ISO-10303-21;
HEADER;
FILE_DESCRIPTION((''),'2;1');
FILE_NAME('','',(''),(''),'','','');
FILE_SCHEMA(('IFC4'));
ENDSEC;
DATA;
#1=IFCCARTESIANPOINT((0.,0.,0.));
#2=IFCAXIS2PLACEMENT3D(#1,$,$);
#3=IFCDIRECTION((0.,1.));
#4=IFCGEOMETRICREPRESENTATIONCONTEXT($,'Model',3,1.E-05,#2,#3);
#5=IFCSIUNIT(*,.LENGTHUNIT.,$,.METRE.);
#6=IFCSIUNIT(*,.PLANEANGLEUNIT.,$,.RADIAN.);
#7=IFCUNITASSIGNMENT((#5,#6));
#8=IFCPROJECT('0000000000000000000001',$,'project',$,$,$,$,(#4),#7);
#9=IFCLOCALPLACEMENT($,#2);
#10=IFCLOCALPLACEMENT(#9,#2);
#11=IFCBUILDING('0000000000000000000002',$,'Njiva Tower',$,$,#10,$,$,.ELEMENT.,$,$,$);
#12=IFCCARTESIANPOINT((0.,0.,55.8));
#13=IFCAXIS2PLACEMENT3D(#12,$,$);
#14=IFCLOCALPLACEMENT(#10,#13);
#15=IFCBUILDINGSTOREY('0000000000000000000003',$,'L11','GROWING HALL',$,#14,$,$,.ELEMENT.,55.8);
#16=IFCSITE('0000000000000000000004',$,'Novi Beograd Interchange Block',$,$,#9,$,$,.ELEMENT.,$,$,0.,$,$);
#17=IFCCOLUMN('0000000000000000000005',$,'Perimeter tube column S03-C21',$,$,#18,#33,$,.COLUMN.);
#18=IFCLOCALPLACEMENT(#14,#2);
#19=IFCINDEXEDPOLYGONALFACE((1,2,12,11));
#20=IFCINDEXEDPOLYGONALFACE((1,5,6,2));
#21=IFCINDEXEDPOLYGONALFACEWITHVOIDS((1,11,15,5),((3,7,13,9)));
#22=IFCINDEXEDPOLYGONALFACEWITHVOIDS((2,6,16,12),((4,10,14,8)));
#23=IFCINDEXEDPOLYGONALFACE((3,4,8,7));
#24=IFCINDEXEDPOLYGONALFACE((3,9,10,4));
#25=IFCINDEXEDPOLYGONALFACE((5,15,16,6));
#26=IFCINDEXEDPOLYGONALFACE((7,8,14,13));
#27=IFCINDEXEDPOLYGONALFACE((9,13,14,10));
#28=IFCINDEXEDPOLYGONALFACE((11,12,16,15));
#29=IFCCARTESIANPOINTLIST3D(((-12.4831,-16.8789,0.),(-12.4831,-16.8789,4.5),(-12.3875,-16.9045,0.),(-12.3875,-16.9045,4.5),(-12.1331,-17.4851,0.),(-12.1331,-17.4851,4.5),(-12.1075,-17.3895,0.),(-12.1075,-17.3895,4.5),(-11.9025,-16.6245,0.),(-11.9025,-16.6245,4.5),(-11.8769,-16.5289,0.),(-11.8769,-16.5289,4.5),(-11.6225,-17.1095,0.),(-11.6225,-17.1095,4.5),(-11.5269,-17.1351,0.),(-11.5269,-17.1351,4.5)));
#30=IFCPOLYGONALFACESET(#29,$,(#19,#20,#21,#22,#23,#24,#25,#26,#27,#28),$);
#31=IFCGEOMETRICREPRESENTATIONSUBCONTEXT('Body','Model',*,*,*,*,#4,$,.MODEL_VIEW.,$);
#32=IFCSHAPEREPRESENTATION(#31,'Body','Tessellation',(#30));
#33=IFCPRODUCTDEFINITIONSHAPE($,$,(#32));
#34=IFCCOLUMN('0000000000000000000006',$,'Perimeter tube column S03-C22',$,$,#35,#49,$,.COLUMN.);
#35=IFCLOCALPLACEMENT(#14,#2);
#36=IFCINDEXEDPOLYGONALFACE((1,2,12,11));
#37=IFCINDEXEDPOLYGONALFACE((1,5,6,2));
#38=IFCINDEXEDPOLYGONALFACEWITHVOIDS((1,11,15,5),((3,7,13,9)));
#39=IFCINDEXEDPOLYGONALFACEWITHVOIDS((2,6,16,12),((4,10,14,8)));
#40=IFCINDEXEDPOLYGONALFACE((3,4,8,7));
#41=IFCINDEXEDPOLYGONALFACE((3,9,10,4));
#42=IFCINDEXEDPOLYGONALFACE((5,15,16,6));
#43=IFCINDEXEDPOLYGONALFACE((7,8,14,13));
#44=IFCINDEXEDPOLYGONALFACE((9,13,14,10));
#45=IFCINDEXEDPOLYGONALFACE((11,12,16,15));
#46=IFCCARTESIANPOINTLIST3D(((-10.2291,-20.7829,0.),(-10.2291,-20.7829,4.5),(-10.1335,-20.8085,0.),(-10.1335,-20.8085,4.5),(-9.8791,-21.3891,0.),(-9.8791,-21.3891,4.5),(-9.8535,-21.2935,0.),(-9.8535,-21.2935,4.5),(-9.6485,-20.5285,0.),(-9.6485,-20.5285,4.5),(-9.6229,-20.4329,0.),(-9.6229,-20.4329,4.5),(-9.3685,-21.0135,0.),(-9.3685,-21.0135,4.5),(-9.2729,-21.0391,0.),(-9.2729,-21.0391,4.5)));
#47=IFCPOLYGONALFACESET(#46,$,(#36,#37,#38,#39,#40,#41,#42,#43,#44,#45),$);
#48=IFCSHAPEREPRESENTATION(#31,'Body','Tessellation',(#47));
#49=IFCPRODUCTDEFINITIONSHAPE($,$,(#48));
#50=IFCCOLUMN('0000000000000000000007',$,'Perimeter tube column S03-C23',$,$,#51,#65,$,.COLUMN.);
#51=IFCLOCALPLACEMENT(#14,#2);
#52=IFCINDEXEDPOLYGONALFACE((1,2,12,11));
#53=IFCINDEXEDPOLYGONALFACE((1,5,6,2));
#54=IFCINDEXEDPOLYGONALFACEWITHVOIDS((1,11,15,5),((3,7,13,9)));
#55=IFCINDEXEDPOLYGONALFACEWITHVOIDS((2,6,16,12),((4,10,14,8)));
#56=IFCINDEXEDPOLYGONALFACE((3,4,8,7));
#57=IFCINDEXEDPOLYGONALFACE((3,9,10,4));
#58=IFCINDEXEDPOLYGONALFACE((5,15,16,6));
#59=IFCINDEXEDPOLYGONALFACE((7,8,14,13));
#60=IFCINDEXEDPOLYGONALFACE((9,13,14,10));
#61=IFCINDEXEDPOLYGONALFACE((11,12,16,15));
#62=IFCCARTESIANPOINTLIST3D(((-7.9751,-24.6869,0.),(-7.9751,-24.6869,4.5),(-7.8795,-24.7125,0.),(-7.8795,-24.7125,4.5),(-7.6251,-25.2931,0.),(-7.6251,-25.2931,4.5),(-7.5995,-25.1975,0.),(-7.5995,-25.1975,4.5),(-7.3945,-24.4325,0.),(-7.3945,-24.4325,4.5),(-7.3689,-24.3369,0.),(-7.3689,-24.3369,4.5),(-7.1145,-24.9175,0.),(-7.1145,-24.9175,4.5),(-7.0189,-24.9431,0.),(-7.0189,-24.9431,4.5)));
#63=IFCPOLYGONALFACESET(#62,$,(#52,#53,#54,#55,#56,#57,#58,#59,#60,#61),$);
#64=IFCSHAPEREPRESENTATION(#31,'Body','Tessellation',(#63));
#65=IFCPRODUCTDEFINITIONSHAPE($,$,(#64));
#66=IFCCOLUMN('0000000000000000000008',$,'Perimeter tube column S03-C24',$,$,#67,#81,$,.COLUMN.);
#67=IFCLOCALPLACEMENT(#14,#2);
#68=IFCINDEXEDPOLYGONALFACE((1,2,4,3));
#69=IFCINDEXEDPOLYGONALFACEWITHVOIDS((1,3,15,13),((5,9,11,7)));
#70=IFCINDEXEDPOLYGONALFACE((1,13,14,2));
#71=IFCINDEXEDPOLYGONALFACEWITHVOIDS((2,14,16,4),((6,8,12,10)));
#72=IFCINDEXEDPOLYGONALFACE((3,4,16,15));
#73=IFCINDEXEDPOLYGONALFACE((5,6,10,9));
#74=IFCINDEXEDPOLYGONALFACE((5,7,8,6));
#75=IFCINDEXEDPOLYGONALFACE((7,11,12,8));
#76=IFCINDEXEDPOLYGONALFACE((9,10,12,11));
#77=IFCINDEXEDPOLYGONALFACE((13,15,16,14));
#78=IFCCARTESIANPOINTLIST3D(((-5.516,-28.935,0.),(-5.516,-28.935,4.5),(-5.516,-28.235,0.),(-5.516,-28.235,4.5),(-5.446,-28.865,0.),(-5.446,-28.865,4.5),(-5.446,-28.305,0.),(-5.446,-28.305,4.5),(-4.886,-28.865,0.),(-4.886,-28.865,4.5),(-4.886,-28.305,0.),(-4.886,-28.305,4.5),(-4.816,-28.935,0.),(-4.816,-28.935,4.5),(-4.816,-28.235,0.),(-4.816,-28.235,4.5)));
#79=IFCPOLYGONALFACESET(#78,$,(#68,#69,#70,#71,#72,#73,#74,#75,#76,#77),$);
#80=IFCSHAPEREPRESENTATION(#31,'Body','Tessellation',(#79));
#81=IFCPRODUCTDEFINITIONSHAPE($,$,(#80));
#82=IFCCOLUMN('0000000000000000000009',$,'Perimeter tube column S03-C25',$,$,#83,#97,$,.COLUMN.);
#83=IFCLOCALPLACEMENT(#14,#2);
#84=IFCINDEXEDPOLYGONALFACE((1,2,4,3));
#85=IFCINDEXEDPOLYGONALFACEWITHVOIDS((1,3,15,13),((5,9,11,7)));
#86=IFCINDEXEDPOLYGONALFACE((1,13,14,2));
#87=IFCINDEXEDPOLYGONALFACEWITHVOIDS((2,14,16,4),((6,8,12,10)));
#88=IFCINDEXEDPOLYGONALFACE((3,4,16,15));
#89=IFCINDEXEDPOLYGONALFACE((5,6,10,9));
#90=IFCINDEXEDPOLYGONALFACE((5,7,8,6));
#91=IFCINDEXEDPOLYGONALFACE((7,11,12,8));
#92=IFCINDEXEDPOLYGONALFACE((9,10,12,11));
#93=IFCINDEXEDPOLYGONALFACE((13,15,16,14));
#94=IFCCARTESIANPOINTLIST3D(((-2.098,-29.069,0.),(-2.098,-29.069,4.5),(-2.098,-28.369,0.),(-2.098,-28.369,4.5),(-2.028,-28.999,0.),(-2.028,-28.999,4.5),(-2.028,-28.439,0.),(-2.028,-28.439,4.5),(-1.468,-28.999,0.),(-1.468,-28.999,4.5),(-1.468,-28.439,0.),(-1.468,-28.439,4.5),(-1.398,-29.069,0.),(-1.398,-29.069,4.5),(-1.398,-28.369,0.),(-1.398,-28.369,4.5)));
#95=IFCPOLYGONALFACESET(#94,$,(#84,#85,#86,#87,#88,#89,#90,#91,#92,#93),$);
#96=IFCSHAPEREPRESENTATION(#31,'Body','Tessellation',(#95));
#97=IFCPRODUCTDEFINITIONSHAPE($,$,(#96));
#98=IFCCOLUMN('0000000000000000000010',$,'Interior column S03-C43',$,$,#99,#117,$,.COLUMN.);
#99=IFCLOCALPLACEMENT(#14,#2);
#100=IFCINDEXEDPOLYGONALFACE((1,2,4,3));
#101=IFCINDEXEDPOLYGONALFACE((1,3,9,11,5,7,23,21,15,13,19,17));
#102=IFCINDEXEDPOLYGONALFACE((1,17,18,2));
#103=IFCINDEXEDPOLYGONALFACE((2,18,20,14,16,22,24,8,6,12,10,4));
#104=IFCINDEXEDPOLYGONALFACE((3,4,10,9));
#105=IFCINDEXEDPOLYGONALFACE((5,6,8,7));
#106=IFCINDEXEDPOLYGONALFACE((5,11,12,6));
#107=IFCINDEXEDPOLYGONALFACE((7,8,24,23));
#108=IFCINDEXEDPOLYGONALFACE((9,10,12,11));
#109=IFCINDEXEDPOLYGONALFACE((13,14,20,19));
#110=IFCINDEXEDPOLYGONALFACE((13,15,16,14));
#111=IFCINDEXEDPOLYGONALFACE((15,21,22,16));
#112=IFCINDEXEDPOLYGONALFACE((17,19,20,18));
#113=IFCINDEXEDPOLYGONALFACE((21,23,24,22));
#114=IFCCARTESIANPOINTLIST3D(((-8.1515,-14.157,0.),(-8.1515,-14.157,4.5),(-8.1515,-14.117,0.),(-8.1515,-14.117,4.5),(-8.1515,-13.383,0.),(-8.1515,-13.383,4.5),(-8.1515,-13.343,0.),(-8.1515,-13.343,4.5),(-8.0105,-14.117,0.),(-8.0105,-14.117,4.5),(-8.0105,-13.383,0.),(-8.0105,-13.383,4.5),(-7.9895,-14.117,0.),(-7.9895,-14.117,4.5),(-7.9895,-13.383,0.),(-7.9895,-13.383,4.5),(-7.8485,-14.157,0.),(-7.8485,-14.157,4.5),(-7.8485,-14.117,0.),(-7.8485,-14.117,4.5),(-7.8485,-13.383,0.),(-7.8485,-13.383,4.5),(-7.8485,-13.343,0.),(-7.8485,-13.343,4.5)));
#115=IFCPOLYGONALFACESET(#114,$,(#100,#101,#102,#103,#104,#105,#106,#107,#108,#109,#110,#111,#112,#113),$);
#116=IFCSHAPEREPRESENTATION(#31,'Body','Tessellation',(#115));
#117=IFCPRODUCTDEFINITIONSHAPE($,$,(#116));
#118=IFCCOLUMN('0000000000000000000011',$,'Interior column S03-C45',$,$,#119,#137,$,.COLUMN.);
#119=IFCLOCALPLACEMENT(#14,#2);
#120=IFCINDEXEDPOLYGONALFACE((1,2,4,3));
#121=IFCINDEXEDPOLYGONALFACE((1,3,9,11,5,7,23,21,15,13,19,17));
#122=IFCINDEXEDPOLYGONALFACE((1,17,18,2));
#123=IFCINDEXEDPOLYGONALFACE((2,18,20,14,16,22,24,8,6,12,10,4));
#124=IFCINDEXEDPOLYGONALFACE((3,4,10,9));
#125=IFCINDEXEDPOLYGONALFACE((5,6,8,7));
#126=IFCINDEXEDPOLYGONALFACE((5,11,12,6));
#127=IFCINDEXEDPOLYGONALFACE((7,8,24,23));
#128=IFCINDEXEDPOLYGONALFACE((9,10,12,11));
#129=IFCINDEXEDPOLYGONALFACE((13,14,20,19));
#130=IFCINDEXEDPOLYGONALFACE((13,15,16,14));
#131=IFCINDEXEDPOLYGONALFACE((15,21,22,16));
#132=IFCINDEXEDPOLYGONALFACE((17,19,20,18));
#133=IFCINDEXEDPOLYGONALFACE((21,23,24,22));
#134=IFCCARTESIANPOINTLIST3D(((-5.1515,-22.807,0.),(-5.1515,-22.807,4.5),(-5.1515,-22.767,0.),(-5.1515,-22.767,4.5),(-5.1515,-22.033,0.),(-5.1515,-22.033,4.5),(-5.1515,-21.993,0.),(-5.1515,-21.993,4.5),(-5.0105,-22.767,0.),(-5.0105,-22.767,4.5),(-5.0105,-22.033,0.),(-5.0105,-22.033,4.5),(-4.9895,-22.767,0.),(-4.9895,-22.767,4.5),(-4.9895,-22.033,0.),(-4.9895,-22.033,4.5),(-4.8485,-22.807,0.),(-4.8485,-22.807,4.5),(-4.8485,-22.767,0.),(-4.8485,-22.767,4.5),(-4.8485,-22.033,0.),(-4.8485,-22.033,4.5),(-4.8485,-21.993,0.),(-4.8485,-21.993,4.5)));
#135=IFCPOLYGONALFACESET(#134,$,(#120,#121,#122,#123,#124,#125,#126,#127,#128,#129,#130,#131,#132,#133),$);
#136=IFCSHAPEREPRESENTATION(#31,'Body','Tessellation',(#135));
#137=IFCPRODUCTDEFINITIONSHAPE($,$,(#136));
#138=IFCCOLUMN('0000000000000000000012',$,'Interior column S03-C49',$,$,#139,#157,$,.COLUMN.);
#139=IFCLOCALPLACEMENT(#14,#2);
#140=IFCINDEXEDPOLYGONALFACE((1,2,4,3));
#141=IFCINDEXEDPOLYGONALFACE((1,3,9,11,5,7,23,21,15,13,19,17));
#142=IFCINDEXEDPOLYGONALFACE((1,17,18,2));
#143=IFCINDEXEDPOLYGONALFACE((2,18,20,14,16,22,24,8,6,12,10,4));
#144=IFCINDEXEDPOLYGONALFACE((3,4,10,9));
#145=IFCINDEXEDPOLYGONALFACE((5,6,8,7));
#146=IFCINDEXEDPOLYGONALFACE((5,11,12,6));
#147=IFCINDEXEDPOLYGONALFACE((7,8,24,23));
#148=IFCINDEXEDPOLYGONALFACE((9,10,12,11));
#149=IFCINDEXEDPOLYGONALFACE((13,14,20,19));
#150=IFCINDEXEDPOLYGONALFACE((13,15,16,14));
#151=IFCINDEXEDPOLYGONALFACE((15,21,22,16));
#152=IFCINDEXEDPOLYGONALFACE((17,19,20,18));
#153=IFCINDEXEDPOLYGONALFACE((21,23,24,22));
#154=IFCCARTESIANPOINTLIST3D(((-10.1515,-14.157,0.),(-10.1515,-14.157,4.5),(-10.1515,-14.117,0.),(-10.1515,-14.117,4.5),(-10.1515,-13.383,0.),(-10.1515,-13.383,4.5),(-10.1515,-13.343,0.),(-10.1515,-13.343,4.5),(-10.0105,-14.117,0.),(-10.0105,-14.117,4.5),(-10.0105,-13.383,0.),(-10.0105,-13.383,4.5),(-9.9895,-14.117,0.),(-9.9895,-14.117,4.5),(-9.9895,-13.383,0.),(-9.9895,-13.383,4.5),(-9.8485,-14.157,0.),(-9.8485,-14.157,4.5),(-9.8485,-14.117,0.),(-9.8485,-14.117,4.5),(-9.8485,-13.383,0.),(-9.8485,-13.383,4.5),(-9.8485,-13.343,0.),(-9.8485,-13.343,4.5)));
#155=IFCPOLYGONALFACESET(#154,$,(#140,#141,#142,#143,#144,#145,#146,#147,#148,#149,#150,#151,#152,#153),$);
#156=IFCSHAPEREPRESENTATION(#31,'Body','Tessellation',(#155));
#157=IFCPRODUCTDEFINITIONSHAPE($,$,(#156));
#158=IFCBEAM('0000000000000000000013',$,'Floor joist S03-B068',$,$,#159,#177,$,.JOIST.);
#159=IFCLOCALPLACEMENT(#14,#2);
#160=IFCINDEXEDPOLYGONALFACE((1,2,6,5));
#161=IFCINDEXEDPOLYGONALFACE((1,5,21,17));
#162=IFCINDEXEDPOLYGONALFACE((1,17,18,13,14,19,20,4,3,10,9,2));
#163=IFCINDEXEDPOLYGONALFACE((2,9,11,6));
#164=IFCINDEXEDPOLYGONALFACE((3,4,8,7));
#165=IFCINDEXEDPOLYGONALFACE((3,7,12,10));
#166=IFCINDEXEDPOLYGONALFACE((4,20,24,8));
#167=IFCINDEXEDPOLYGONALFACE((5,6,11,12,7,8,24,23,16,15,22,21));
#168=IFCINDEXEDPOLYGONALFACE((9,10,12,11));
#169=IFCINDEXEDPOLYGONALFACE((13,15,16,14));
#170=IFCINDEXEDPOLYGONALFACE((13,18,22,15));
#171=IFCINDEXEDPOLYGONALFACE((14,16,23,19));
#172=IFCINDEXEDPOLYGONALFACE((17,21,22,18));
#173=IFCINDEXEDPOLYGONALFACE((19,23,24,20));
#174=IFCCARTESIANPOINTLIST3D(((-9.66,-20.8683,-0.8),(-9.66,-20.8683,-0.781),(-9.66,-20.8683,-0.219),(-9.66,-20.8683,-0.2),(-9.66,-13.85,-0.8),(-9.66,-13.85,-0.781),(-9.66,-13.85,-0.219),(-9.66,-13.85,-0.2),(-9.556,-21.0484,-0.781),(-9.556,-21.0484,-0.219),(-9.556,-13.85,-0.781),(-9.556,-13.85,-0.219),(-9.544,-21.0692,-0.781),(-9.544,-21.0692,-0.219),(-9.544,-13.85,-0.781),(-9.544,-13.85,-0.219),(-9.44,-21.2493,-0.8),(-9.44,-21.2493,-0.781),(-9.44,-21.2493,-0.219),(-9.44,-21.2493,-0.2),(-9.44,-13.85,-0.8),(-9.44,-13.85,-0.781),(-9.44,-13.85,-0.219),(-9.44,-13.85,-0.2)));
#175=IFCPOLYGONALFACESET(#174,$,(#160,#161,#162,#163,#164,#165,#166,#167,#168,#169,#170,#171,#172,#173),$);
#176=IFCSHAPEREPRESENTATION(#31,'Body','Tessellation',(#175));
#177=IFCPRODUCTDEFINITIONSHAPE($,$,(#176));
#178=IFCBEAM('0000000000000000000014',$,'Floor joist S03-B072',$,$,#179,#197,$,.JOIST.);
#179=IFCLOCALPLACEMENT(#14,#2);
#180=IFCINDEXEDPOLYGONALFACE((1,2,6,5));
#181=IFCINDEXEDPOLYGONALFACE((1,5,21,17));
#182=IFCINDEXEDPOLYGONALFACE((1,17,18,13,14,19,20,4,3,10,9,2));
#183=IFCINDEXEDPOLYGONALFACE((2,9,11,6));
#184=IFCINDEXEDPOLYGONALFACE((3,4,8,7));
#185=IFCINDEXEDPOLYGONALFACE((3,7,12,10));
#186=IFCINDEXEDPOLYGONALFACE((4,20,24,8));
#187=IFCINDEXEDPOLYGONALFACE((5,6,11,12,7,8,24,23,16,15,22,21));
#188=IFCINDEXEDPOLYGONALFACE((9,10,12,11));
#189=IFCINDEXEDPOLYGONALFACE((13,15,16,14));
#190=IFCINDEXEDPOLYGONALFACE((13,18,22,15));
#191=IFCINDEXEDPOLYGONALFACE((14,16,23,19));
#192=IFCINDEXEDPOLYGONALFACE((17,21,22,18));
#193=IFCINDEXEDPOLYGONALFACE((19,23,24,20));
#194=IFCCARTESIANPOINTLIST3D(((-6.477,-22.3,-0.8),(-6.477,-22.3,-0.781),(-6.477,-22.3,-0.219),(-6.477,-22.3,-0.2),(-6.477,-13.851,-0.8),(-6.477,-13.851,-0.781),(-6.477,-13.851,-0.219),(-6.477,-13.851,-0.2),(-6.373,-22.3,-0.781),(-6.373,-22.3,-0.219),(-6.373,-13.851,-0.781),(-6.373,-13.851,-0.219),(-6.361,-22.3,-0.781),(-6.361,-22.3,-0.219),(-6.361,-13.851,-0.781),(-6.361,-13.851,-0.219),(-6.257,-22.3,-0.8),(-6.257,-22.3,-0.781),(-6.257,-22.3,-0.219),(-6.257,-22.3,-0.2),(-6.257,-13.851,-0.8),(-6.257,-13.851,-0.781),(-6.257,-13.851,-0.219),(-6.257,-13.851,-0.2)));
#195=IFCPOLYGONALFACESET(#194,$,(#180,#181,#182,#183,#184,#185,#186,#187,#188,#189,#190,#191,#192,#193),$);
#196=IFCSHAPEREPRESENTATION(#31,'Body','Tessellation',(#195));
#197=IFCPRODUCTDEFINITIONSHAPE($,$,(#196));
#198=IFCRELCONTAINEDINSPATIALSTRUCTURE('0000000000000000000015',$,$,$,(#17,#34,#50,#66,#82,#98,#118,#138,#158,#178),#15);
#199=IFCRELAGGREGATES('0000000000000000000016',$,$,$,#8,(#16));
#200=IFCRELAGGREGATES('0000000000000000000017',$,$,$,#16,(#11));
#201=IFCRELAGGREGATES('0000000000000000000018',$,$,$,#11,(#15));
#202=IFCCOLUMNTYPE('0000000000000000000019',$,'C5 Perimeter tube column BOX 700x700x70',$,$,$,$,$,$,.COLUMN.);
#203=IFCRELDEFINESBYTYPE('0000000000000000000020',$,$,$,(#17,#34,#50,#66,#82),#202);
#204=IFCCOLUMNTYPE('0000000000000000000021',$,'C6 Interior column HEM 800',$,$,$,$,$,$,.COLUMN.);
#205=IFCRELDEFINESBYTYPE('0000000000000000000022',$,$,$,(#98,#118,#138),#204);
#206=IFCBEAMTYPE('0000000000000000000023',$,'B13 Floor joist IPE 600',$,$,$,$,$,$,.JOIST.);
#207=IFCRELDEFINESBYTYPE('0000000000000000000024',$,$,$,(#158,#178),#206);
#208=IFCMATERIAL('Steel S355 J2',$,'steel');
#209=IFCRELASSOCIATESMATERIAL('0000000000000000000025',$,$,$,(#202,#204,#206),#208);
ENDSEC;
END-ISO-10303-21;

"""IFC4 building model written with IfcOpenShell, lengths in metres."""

from ifc_helpers import new_model, si_unit, direction, frame, origin, origin_2d, place, context, subcontext, project, spatial, hollow_rectangle, i_section, extrude, clip, halfspace, material, material_profile, profile_set, type_object, element, save


model = new_model("IFC4")

# Units and contexts
model_context = context("Model", 3, precision=1e-05, world=origin(), true_north=direction((0.0, 1.0)))
body_context = subcontext(model_context, "Body", "Model", "MODEL_VIEW")
ifc_project = project(units=[si_unit("LENGTHUNIT", "METRE"), si_unit("PLANEANGLEUNIT", "RADIAN")], contexts=[model_context])

# Site, building, storey
site_placement = place(None, origin())
site = spatial("IfcSite", under=ifc_project, at=site_placement, Name="Novi Beograd Interchange Block", CompositionType="ELEMENT", RefElevation=0.0)
building_placement = place(site_placement, origin())
building = spatial("IfcBuilding", under=site, at=building_placement, Name="Njiva Tower", CompositionType="ELEMENT")
storey_placement = place(building_placement, frame((0.0, 0.0, 55.8)))
storey = spatial("IfcBuildingStorey", under=building, at=storey_placement, Name="L11", Description="GROWING HALL", CompositionType="ELEMENT", Elevation=55.8)

# Columns
ifc_material_1 = material(Name="Steel S355 J2", Category="steel")
ifc_material_profile_1 = material_profile(ifc_material_1, hollow_rectangle(XDim=0.7, YDim=0.7, WallThickness=0.07, at=origin_2d()), Name="BOX 700x700x70")
ifc_profile_set_1 = profile_set([ifc_material_profile_1], Name="Steel S355 J2")
column_type_1 = type_object("IfcColumnType", Name="C5 Perimeter tube column BOX 700x700x70", PredefinedType="COLUMN", material=ifc_profile_set_1)
for number, where, z_axis, x_axis, name in (
    (1, (-12.005, -17.007, 0.0), (0.0, 0.0, 1.0), (0.5, -0.866025, 0.0), "Perimeter tube column S03-C21"),
    (2, (-9.751, -20.911, 0.0), (0.0, 0.0, 1.0), (0.5, -0.866025, 0.0), "Perimeter tube column S03-C22"),
    (3, (-7.497, -24.815, 0.0), (0.0, 0.0, 1.0), (0.5, -0.866025, 0.0), "Perimeter tube column S03-C23"),
    (4, (-5.166, -28.585, 0.0), (0.0, 0.0, 1.0), (1.0, 0.0, 0.0), "Perimeter tube column S03-C24"),
    (5, (-1.748, -28.719, 0.0), (0.0, 0.0, 1.0), (1.0, 0.0, 0.0), "Perimeter tube column S03-C25"),
):
    element("IfcColumn", number, at=place(storey_placement, frame(where, z_axis=z_axis, x_axis=x_axis)), inside=storey, type_object=column_type_1, Name=name, PredefinedType="COLUMN", context=body_context, shape_type="SweptSolid", body=[
        extrude(hollow_rectangle(XDim=0.7, YDim=0.7, WallThickness=0.07, at=origin_2d()), origin(), (0.0, 0.0, 1.0), 4.5),
    ])
ifc_material_profile_2 = material_profile(ifc_material_1, i_section(OverallWidth=0.303, OverallDepth=0.814, WebThickness=0.021, FlangeThickness=0.04, at=origin_2d()), Name="HEM 800")
ifc_profile_set_2 = profile_set([ifc_material_profile_2], Name="Steel S355 J2")
column_type_2 = type_object("IfcColumnType", Name="C6 Interior column HEM 800", PredefinedType="COLUMN", material=ifc_profile_set_2)
for number, where, z_axis, x_axis, name in (
    (6, (-8.0, -13.75, 0.0), (0.0, 0.0, 1.0), (1.0, 0.0, 0.0), "Interior column S03-C43"),
    (7, (-5.0, -22.4, 0.0), (0.0, 0.0, 1.0), (1.0, 0.0, 0.0), "Interior column S03-C45"),
    (8, (-10.0, -13.75, 0.0), (0.0, 0.0, 1.0), (1.0, 0.0, 0.0), "Interior column S03-C49"),
):
    element("IfcColumn", number, at=place(storey_placement, frame(where, z_axis=z_axis, x_axis=x_axis)), inside=storey, type_object=column_type_2, Name=name, PredefinedType="COLUMN", context=body_context, shape_type="SweptSolid", body=[
        extrude(i_section(OverallWidth=0.303, OverallDepth=0.814, WebThickness=0.021, FlangeThickness=0.04, at=origin_2d()), origin(), (0.0, 0.0, 1.0), 4.5),
    ])

# Beams
ifc_material_profile_3 = material_profile(ifc_material_1, i_section(OverallWidth=0.22, OverallDepth=0.6, WebThickness=0.012, FlangeThickness=0.019, at=origin_2d()), Name="IPE 600")
ifc_profile_set_3 = profile_set([ifc_material_profile_3], Name="Steel S355 J2")
beam_type_1 = type_object("IfcBeamType", Name="B13 Floor joist IPE 600", PredefinedType="JOIST", material=ifc_profile_set_3)
beam_1_placement = place(storey_placement, frame((-9.55, -13.85, -0.5), z_axis=(0.0, -1.0, 0.0), x_axis=(1.0, 0.0, 0.0)))
element("IfcBeam", 9, at=beam_1_placement, inside=storey, type_object=beam_type_1, Name="Floor joist S03-B068", PredefinedType="JOIST", context=body_context, shape_type="Clipping", body=[
    clip(extrude(i_section(OverallWidth=0.22, OverallDepth=0.6, WebThickness=0.012, FlangeThickness=0.019, at=origin_2d()), origin(), (0.0, 0.0, 1.0), 7.42), halfspace(frame((-0.0433, 0.0, 7.1338), z_axis=(-0.866027, 0.0, 0.499998), x_axis=(0.0, 1.0, 0.0)), False)),
])
for number, where, z_axis, x_axis, name in (
    (10, (-6.367, -13.851, -0.5), (0.0, -1.0, 0.0), (1.0, 0.0, 0.0), "Floor joist S03-B072"),
):
    element("IfcBeam", number, at=place(storey_placement, frame(where, z_axis=z_axis, x_axis=x_axis)), inside=storey, type_object=beam_type_1, Name=name, PredefinedType="JOIST", context=body_context, shape_type="SweptSolid", body=[
        extrude(i_section(OverallWidth=0.22, OverallDepth=0.6, WebThickness=0.012, FlangeThickness=0.019, at=origin_2d()), origin(), (0.0, 0.0, 1.0), 8.449),
    ])

save(model, "model.ifc")
